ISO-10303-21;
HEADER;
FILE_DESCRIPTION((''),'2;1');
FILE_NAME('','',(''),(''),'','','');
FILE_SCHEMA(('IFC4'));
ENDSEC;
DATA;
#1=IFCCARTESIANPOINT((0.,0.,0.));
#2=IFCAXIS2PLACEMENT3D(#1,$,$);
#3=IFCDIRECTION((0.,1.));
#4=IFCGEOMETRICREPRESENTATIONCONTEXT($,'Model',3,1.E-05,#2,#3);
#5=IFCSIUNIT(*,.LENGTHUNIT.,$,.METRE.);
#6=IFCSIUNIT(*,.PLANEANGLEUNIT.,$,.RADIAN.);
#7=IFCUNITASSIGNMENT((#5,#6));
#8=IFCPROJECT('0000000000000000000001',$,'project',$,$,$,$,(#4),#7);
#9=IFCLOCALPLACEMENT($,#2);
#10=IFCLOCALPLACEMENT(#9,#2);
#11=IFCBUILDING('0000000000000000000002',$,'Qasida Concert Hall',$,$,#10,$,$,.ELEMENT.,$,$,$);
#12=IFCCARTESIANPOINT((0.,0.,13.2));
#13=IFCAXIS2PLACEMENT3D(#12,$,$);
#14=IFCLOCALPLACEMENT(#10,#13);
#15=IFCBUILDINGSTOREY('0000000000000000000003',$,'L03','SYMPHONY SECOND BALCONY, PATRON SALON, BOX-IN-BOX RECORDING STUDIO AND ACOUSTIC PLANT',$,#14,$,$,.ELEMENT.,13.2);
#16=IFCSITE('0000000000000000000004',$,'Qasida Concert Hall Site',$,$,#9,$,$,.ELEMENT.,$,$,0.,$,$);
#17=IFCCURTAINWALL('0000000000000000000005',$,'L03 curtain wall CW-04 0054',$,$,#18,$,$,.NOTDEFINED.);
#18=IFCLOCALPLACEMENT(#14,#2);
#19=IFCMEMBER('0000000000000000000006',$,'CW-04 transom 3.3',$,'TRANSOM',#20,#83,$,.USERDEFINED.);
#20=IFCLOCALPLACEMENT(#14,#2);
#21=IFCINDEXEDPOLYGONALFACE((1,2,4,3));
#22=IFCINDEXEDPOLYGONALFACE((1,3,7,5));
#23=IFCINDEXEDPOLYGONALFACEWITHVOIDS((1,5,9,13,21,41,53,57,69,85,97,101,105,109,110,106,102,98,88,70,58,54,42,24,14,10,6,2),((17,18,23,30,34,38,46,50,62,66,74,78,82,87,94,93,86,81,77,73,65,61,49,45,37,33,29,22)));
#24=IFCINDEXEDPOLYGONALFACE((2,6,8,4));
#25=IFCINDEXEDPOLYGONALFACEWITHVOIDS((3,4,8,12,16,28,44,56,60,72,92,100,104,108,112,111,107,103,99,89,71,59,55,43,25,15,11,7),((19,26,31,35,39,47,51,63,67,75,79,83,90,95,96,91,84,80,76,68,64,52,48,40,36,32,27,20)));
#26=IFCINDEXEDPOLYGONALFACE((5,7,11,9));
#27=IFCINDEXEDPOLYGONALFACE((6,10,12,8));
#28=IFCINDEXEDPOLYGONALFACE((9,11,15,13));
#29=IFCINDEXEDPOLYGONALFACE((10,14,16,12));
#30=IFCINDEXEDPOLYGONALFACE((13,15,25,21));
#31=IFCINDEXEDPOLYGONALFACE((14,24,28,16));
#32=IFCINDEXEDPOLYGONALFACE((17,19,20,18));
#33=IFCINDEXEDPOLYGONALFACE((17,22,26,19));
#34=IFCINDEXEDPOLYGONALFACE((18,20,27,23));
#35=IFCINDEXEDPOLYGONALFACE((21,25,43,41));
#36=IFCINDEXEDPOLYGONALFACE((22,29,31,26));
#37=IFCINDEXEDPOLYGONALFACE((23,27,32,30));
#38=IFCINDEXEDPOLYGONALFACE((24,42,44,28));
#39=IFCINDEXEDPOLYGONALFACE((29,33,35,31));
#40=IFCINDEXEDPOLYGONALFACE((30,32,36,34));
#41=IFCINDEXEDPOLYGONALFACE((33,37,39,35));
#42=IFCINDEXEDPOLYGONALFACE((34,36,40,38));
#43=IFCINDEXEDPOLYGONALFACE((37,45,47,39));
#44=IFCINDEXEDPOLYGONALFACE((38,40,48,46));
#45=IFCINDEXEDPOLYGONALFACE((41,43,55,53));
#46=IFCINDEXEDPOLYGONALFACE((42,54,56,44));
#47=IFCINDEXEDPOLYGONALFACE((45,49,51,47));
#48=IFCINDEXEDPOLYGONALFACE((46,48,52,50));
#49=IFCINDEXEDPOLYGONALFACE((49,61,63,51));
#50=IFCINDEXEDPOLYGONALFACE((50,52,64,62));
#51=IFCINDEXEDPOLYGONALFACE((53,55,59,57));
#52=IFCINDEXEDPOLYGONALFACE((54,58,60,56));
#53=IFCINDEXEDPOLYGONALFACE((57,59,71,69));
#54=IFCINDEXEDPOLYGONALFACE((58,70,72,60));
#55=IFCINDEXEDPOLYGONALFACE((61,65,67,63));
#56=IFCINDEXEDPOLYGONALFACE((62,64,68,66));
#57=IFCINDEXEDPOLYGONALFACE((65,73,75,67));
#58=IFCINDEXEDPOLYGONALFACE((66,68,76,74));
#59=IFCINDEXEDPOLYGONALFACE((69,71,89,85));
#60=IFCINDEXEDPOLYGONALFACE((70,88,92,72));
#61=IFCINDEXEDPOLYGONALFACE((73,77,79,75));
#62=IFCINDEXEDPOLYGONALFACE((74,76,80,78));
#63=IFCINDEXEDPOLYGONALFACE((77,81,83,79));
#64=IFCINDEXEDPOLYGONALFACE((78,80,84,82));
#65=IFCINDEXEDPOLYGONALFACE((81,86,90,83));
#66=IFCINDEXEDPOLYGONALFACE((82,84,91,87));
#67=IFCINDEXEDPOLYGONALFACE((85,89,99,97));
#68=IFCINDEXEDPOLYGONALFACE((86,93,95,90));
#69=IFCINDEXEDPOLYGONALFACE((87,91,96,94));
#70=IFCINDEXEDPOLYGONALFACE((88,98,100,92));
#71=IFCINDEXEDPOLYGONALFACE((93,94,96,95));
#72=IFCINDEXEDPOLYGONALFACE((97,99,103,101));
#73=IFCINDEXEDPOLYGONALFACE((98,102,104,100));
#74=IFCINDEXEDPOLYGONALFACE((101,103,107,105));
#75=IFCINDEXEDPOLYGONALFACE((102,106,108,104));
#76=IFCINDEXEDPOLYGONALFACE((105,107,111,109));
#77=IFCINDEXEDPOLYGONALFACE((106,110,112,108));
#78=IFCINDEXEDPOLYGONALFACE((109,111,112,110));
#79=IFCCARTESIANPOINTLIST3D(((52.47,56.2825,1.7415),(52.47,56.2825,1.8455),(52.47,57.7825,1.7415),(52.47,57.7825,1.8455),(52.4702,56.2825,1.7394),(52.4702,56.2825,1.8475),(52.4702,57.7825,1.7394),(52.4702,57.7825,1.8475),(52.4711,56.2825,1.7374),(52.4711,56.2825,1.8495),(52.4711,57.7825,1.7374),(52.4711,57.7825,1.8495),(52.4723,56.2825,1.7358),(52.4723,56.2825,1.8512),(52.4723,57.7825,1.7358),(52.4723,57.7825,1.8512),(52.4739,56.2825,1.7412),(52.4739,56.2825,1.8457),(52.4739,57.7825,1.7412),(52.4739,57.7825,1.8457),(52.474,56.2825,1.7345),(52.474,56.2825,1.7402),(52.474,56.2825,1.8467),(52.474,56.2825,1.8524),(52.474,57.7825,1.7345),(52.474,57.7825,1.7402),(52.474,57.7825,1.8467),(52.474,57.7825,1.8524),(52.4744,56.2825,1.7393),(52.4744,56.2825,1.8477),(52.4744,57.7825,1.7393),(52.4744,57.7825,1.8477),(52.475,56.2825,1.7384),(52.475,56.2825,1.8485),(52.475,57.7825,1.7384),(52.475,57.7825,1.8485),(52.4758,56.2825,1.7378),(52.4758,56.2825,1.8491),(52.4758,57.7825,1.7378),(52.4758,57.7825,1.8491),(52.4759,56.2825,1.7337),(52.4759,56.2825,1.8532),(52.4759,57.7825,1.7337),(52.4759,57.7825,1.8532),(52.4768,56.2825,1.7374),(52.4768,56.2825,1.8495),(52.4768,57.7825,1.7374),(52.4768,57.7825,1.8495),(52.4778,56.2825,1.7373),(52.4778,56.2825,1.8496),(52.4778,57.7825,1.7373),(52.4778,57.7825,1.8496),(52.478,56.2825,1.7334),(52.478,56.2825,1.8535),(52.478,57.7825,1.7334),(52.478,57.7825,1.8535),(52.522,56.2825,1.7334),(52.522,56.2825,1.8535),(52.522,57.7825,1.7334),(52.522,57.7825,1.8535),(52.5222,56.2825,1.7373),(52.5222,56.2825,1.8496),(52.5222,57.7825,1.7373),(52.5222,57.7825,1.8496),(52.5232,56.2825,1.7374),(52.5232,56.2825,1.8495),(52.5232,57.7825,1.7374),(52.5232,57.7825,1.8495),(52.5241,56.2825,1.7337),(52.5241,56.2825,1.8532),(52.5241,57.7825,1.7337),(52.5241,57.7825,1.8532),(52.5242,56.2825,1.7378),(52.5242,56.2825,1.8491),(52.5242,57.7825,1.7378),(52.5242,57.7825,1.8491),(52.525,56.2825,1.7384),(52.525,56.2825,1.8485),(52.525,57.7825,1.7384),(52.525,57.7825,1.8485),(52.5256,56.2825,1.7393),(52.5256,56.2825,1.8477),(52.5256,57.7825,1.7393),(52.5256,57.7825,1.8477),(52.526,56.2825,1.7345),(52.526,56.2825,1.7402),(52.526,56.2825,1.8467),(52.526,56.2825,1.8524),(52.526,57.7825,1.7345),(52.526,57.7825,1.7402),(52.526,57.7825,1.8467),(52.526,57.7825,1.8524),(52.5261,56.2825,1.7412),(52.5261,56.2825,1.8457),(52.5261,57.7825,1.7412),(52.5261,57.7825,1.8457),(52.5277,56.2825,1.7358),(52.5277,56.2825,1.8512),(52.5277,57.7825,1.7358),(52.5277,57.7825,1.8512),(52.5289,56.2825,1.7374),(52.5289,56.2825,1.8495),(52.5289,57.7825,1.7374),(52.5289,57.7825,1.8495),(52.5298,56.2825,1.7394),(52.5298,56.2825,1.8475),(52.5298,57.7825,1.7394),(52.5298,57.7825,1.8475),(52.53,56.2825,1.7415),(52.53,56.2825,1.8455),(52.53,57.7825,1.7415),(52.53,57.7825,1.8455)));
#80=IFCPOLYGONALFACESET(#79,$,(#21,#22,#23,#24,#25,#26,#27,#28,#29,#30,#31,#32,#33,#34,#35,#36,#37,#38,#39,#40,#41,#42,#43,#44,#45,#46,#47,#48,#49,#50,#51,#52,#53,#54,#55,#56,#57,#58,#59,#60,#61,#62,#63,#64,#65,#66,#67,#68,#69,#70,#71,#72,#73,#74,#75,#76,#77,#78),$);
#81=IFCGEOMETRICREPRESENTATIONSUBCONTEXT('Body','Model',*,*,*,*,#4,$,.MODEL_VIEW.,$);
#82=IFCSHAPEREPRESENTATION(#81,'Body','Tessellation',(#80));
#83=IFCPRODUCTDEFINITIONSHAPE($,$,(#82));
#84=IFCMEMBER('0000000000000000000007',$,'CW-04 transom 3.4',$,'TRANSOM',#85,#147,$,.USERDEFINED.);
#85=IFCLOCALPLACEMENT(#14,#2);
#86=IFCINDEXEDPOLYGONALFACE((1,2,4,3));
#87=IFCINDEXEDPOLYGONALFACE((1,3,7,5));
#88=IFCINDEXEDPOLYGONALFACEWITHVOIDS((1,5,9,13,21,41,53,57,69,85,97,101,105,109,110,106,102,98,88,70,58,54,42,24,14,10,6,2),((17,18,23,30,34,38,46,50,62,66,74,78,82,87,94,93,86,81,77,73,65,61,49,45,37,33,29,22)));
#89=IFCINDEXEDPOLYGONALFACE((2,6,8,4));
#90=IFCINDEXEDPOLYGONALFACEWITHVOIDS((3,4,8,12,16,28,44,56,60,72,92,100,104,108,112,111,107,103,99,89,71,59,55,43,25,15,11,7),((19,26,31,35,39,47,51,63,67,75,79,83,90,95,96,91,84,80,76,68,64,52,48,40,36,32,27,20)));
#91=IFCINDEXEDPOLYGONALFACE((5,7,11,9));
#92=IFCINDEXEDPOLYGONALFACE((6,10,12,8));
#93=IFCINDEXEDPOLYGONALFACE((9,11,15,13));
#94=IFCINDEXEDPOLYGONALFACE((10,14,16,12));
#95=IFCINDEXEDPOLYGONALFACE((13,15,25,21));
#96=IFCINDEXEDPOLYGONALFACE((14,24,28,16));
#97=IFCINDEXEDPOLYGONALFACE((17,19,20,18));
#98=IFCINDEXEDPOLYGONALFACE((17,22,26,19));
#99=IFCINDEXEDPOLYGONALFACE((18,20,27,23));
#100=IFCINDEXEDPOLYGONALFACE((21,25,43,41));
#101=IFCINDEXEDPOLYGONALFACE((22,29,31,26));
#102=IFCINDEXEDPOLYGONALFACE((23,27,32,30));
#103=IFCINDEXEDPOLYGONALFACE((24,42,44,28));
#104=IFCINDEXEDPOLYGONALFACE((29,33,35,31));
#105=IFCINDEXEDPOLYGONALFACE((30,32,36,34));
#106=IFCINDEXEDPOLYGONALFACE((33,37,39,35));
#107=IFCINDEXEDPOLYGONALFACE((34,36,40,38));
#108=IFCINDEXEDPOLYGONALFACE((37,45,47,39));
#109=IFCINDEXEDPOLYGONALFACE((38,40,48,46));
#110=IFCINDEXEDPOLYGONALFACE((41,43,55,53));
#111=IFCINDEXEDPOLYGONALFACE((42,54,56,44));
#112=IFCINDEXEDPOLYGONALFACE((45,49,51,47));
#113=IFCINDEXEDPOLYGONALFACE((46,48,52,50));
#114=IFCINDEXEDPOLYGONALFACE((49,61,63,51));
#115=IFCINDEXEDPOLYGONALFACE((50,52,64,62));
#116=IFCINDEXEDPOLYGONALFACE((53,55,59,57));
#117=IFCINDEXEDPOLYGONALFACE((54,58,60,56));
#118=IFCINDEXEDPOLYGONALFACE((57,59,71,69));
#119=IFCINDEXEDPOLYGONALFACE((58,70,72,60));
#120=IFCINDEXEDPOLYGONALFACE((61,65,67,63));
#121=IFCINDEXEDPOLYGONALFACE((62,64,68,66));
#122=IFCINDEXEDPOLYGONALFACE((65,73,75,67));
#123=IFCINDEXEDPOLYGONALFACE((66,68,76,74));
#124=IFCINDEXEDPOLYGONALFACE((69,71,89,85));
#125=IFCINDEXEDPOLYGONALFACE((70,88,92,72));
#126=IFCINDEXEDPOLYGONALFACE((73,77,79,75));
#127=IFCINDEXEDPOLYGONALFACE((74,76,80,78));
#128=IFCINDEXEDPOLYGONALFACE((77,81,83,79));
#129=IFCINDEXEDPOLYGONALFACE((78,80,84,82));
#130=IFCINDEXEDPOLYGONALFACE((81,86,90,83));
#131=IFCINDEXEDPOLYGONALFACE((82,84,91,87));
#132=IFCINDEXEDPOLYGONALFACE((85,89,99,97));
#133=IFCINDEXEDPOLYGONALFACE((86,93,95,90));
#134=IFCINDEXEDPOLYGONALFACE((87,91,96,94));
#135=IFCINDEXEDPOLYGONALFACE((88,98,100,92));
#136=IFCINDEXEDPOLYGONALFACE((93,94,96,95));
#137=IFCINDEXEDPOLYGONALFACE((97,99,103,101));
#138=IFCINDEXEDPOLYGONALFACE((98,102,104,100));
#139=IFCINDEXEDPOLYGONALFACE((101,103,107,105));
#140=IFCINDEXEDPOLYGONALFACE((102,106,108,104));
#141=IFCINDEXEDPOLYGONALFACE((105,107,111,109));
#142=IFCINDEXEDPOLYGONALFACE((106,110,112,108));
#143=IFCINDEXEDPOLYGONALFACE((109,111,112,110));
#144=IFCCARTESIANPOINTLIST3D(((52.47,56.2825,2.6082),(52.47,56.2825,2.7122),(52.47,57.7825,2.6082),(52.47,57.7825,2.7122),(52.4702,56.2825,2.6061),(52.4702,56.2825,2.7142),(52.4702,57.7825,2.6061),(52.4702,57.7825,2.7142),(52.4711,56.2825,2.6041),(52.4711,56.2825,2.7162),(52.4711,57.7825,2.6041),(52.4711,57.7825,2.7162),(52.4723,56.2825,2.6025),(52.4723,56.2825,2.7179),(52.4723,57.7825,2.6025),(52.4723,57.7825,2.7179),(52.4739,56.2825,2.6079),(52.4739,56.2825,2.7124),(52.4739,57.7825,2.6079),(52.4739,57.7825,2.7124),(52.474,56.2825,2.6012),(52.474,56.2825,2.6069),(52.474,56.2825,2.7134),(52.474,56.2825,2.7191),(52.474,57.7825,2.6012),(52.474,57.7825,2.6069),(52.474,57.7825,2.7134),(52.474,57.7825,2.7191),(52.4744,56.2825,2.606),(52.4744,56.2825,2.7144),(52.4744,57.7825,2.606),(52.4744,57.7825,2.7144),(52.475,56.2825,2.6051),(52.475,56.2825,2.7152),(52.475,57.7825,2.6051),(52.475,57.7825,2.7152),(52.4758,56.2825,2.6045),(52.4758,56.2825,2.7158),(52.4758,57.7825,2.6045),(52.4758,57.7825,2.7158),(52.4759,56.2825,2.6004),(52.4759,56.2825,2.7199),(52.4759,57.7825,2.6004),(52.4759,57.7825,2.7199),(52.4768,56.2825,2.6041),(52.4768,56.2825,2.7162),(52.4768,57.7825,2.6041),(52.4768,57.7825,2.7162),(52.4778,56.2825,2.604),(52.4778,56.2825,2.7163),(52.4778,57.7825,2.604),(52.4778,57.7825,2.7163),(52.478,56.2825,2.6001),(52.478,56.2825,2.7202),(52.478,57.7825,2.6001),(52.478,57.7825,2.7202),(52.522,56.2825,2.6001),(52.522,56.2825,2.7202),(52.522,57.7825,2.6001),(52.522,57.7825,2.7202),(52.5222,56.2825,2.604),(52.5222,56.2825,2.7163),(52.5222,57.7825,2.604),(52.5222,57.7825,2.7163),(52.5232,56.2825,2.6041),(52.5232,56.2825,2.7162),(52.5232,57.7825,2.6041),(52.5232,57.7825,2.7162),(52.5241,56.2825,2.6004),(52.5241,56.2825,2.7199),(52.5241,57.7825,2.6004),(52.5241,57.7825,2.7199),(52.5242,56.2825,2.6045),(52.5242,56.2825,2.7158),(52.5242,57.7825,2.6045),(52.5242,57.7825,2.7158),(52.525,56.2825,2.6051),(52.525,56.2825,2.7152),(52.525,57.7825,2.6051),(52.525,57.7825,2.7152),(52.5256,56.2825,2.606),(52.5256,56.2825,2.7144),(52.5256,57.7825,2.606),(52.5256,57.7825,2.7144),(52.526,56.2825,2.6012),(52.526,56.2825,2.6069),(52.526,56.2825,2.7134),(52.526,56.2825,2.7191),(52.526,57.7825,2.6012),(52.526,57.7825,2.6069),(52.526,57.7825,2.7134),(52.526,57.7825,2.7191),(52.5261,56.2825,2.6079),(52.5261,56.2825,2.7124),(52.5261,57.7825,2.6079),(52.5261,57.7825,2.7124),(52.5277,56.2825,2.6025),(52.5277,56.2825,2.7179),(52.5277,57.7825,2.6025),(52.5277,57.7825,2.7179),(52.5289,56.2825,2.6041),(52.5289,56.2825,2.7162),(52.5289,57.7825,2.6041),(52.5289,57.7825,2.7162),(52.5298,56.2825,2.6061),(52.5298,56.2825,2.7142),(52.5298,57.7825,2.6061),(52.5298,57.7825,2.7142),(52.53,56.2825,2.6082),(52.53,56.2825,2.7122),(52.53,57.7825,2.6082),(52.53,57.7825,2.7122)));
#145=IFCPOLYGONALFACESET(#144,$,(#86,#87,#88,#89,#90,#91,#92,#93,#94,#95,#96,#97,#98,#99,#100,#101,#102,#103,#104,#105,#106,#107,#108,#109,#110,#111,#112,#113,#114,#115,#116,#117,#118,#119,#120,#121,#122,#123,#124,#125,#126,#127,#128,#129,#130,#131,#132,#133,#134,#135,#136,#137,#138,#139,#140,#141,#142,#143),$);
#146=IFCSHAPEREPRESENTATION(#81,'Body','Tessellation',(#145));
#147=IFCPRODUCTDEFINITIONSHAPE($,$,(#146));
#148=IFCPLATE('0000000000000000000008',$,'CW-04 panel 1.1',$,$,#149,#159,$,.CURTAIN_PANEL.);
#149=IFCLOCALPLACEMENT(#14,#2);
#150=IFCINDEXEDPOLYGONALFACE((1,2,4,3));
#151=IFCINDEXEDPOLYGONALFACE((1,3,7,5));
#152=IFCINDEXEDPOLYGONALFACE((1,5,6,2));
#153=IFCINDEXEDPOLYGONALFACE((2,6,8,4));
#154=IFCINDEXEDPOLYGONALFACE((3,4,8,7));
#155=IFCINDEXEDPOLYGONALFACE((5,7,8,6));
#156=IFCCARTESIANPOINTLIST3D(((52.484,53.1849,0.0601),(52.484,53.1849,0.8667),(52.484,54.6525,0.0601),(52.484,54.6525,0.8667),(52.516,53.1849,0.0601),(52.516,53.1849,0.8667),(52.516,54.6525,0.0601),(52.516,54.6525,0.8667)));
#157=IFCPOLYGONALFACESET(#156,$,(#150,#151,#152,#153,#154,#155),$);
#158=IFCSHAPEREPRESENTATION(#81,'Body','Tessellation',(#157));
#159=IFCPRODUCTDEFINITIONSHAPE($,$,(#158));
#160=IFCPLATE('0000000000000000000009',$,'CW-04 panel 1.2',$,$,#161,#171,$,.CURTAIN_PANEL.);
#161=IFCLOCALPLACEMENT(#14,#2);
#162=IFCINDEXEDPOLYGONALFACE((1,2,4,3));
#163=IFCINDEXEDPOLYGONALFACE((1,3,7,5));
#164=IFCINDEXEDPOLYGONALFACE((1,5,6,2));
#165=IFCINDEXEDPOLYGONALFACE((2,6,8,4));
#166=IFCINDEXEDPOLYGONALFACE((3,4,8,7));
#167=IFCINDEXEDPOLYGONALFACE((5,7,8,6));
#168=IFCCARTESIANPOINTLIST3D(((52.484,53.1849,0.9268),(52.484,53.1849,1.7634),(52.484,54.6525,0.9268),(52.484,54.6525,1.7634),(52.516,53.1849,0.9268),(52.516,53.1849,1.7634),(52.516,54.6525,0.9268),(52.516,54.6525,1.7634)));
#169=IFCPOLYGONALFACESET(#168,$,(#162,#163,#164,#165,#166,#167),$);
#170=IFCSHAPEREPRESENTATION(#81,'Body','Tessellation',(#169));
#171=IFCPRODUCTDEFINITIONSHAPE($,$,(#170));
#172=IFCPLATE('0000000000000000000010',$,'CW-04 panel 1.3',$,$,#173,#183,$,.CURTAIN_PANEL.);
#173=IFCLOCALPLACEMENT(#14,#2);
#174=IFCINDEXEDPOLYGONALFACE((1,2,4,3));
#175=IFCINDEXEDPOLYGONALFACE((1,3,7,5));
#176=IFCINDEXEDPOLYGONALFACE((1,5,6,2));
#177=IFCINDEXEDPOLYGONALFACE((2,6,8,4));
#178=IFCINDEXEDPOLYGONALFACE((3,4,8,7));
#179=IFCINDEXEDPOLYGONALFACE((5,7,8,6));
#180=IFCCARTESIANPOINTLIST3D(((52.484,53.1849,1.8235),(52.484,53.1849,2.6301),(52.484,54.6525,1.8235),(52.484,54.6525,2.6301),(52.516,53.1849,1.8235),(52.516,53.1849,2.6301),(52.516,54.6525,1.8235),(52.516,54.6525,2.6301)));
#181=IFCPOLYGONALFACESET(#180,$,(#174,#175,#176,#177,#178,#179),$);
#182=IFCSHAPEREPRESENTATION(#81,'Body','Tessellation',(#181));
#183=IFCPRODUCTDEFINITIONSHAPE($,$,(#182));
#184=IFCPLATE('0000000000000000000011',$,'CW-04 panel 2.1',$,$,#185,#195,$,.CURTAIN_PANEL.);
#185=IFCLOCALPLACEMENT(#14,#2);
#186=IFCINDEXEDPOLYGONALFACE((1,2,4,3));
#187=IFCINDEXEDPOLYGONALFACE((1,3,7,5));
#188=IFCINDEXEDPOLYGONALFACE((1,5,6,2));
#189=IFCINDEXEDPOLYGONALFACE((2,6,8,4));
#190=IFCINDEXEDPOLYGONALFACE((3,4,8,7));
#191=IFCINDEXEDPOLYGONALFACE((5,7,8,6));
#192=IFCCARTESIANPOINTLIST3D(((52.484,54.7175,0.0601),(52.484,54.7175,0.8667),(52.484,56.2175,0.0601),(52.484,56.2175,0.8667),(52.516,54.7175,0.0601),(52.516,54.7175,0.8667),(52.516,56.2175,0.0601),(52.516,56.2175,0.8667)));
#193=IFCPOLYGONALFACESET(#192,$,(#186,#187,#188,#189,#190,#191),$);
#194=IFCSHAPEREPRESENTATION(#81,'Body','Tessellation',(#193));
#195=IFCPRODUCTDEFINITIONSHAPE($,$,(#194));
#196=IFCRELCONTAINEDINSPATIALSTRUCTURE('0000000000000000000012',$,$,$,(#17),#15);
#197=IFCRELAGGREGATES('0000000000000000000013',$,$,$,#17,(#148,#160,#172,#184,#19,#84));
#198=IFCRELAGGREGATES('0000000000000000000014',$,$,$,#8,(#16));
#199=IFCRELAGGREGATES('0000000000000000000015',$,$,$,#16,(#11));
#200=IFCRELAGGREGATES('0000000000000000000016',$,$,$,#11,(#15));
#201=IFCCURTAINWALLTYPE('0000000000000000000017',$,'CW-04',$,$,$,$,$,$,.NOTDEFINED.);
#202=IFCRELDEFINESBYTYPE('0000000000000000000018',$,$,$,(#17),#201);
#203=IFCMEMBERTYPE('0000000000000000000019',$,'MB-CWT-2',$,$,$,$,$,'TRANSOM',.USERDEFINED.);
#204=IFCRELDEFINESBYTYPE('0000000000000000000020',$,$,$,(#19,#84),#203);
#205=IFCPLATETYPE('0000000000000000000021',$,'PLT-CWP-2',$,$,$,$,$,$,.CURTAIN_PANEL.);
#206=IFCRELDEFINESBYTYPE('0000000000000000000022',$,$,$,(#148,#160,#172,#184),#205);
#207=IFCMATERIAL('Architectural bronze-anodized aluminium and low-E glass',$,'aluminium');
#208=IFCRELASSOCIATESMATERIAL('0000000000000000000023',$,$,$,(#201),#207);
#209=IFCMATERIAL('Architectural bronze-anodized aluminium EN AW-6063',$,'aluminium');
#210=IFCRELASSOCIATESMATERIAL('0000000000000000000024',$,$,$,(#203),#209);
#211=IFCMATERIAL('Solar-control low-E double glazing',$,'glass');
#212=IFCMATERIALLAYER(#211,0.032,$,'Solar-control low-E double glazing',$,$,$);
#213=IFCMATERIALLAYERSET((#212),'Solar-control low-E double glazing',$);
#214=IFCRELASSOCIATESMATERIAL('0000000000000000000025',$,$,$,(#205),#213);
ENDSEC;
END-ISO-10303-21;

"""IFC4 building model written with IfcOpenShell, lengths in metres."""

from ifc_helpers import new_model, si_unit, direction, frame, origin, origin_2d, place, context, subcontext, project, spatial, rectangle, hollow_rectangle, extrude, material, layer, layer_set, material_profile, profile_set, type_object, element, aggregate, save


model = new_model("IFC4")

# Units and contexts
model_context = context("Model", 3, precision=1e-05, world=origin(), true_north=direction((0.0, 1.0)))
body_context = subcontext(model_context, "Body", "Model", "MODEL_VIEW")
ifc_project = project(units=[si_unit("LENGTHUNIT", "METRE"), si_unit("PLANEANGLEUNIT", "RADIAN")], contexts=[model_context])

# Site, building, storey
site_placement = place(None, origin())
site = spatial("IfcSite", under=ifc_project, at=site_placement, Name="Qasida Concert Hall Site", CompositionType="ELEMENT", RefElevation=0.0)
building_placement = place(site_placement, origin())
building = spatial("IfcBuilding", under=site, at=building_placement, Name="Qasida Concert Hall", CompositionType="ELEMENT")
storey_placement = place(building_placement, frame((0.0, 0.0, 13.2)))
storey = spatial("IfcBuildingStorey", under=building, at=storey_placement, Name="L03", Description="SYMPHONY SECOND BALCONY, PATRON SALON, BOX-IN-BOX RECORDING STUDIO AND ACOUSTIC PLANT", CompositionType="ELEMENT", Elevation=13.2)

# Curtain wall, members, plates
ifc_material_1 = material(Name="Architectural bronze-anodized aluminium and low-E glass", Category="aluminium")
curtain_wall_type = type_object("IfcCurtainWallType", Name="CW-04", PredefinedType="NOTDEFINED", material=ifc_material_1)
curtain_wall_placement = place(storey_placement, origin())
curtain_wall = element("IfcCurtainWall", 1, at=curtain_wall_placement, inside=storey, type_object=curtain_wall_type, Name="L03 curtain wall CW-04 0054", PredefinedType="NOTDEFINED")
ifc_material_2 = material(Name="Architectural bronze-anodized aluminium EN AW-6063", Category="aluminium")
ifc_material_profile_1 = material_profile(ifc_material_2, hollow_rectangle(XDim=0.0601, YDim=0.1201, WallThickness=0.0039, InnerFilletRadius=0.0039, OuterFilletRadius=0.0081, at=origin_2d()), Name="CWT 120x60x4")
ifc_profile_set_1 = profile_set([ifc_material_profile_1], Name="Architectural bronze-anodized aluminium EN AW-6063")
member_type_1 = type_object("IfcMemberType", Name="MB-CWT-2", ElementType="TRANSOM", PredefinedType="USERDEFINED", material=ifc_profile_set_1)
member_1_placement = place(storey_placement, frame((52.5, 56.2825, 1.7935), z_axis=(0.0, 1.0, 0.0), x_axis=(-1.0, 0.0, 0.0)))
member_1 = element("IfcMember", 2, at=member_1_placement, type_object=member_type_1, Name="CW-04 transom 3.3", ObjectType="TRANSOM", PredefinedType="USERDEFINED", context=body_context, shape_type="SweptSolid", body=[
    extrude(hollow_rectangle(XDim=0.0601, YDim=0.1201, WallThickness=0.0039, InnerFilletRadius=0.0039, OuterFilletRadius=0.0081, at=origin_2d()), origin(), (0.0, 0.0, 1.0), 1.5),
])
member_2_placement = place(storey_placement, frame((52.5, 56.2825, 2.6602), z_axis=(0.0, 1.0, 0.0), x_axis=(-1.0, 0.0, 0.0)))
member_2 = element("IfcMember", 3, at=member_2_placement, type_object=member_type_1, Name="CW-04 transom 3.4", ObjectType="TRANSOM", PredefinedType="USERDEFINED", context=body_context, shape_type="SweptSolid", body=[
    extrude(hollow_rectangle(XDim=0.0601, YDim=0.1201, WallThickness=0.0039, InnerFilletRadius=0.0039, OuterFilletRadius=0.0081, at=origin_2d()), origin(), (0.0, 0.0, 1.0), 1.5),
])
ifc_material_3 = material(Name="Solar-control low-E double glazing", Category="glass")
ifc_layer_1 = layer(ifc_material_3, 0.032, Name="Solar-control low-E double glazing")
ifc_layer_set_1 = layer_set([ifc_layer_1], Name="Solar-control low-E double glazing")
plate_type = type_object("IfcPlateType", Name="PLT-CWP-2", PredefinedType="CURTAIN_PANEL", material=ifc_layer_set_1)
plate_1_placement = place(storey_placement, frame((52.5, 53.9187, 0.0601), z_axis=(0.0, 0.0, 1.0), x_axis=(0.0, 1.0, 0.0)))
plate_1 = element("IfcPlate", 4, at=plate_1_placement, type_object=plate_type, Name="CW-04 panel 1.1", PredefinedType="CURTAIN_PANEL", context=body_context, shape_type="SweptSolid", body=[
    extrude(rectangle(XDim=1.4675, YDim=0.032, at=origin_2d()), origin(), (0.0, 0.0, 1.0), 0.8066),
])
plate_2_placement = place(storey_placement, frame((52.5, 53.9187, 0.9268), z_axis=(0.0, 0.0, 1.0), x_axis=(0.0, 1.0, 0.0)))
plate_2 = element("IfcPlate", 5, at=plate_2_placement, type_object=plate_type, Name="CW-04 panel 1.2", PredefinedType="CURTAIN_PANEL", context=body_context, shape_type="SweptSolid", body=[
    extrude(rectangle(XDim=1.4675, YDim=0.032, at=origin_2d()), origin(), (0.0, 0.0, 1.0), 0.8367),
])
plate_3_placement = place(storey_placement, frame((52.5, 53.9187, 1.8235), z_axis=(0.0, 0.0, 1.0), x_axis=(0.0, 1.0, 0.0)))
plate_3 = element("IfcPlate", 6, at=plate_3_placement, type_object=plate_type, Name="CW-04 panel 1.3", PredefinedType="CURTAIN_PANEL", context=body_context, shape_type="SweptSolid", body=[
    extrude(rectangle(XDim=1.4675, YDim=0.032, at=origin_2d()), origin(), (0.0, 0.0, 1.0), 0.8066),
])
plate_4_placement = place(storey_placement, frame((52.5, 55.4675, 0.0601), z_axis=(0.0, 0.0, 1.0), x_axis=(0.0, 1.0, 0.0)))
plate_4 = element("IfcPlate", 7, at=plate_4_placement, type_object=plate_type, Name="CW-04 panel 2.1", PredefinedType="CURTAIN_PANEL", context=body_context, shape_type="SweptSolid", body=[
    extrude(rectangle(XDim=1.5, YDim=0.032, at=origin_2d()), origin(), (0.0, 0.0, 1.0), 0.8066),
])
aggregate(curtain_wall, [plate_1, plate_2, plate_3, plate_4, member_1, member_2])

save(model, "model.ifc")
